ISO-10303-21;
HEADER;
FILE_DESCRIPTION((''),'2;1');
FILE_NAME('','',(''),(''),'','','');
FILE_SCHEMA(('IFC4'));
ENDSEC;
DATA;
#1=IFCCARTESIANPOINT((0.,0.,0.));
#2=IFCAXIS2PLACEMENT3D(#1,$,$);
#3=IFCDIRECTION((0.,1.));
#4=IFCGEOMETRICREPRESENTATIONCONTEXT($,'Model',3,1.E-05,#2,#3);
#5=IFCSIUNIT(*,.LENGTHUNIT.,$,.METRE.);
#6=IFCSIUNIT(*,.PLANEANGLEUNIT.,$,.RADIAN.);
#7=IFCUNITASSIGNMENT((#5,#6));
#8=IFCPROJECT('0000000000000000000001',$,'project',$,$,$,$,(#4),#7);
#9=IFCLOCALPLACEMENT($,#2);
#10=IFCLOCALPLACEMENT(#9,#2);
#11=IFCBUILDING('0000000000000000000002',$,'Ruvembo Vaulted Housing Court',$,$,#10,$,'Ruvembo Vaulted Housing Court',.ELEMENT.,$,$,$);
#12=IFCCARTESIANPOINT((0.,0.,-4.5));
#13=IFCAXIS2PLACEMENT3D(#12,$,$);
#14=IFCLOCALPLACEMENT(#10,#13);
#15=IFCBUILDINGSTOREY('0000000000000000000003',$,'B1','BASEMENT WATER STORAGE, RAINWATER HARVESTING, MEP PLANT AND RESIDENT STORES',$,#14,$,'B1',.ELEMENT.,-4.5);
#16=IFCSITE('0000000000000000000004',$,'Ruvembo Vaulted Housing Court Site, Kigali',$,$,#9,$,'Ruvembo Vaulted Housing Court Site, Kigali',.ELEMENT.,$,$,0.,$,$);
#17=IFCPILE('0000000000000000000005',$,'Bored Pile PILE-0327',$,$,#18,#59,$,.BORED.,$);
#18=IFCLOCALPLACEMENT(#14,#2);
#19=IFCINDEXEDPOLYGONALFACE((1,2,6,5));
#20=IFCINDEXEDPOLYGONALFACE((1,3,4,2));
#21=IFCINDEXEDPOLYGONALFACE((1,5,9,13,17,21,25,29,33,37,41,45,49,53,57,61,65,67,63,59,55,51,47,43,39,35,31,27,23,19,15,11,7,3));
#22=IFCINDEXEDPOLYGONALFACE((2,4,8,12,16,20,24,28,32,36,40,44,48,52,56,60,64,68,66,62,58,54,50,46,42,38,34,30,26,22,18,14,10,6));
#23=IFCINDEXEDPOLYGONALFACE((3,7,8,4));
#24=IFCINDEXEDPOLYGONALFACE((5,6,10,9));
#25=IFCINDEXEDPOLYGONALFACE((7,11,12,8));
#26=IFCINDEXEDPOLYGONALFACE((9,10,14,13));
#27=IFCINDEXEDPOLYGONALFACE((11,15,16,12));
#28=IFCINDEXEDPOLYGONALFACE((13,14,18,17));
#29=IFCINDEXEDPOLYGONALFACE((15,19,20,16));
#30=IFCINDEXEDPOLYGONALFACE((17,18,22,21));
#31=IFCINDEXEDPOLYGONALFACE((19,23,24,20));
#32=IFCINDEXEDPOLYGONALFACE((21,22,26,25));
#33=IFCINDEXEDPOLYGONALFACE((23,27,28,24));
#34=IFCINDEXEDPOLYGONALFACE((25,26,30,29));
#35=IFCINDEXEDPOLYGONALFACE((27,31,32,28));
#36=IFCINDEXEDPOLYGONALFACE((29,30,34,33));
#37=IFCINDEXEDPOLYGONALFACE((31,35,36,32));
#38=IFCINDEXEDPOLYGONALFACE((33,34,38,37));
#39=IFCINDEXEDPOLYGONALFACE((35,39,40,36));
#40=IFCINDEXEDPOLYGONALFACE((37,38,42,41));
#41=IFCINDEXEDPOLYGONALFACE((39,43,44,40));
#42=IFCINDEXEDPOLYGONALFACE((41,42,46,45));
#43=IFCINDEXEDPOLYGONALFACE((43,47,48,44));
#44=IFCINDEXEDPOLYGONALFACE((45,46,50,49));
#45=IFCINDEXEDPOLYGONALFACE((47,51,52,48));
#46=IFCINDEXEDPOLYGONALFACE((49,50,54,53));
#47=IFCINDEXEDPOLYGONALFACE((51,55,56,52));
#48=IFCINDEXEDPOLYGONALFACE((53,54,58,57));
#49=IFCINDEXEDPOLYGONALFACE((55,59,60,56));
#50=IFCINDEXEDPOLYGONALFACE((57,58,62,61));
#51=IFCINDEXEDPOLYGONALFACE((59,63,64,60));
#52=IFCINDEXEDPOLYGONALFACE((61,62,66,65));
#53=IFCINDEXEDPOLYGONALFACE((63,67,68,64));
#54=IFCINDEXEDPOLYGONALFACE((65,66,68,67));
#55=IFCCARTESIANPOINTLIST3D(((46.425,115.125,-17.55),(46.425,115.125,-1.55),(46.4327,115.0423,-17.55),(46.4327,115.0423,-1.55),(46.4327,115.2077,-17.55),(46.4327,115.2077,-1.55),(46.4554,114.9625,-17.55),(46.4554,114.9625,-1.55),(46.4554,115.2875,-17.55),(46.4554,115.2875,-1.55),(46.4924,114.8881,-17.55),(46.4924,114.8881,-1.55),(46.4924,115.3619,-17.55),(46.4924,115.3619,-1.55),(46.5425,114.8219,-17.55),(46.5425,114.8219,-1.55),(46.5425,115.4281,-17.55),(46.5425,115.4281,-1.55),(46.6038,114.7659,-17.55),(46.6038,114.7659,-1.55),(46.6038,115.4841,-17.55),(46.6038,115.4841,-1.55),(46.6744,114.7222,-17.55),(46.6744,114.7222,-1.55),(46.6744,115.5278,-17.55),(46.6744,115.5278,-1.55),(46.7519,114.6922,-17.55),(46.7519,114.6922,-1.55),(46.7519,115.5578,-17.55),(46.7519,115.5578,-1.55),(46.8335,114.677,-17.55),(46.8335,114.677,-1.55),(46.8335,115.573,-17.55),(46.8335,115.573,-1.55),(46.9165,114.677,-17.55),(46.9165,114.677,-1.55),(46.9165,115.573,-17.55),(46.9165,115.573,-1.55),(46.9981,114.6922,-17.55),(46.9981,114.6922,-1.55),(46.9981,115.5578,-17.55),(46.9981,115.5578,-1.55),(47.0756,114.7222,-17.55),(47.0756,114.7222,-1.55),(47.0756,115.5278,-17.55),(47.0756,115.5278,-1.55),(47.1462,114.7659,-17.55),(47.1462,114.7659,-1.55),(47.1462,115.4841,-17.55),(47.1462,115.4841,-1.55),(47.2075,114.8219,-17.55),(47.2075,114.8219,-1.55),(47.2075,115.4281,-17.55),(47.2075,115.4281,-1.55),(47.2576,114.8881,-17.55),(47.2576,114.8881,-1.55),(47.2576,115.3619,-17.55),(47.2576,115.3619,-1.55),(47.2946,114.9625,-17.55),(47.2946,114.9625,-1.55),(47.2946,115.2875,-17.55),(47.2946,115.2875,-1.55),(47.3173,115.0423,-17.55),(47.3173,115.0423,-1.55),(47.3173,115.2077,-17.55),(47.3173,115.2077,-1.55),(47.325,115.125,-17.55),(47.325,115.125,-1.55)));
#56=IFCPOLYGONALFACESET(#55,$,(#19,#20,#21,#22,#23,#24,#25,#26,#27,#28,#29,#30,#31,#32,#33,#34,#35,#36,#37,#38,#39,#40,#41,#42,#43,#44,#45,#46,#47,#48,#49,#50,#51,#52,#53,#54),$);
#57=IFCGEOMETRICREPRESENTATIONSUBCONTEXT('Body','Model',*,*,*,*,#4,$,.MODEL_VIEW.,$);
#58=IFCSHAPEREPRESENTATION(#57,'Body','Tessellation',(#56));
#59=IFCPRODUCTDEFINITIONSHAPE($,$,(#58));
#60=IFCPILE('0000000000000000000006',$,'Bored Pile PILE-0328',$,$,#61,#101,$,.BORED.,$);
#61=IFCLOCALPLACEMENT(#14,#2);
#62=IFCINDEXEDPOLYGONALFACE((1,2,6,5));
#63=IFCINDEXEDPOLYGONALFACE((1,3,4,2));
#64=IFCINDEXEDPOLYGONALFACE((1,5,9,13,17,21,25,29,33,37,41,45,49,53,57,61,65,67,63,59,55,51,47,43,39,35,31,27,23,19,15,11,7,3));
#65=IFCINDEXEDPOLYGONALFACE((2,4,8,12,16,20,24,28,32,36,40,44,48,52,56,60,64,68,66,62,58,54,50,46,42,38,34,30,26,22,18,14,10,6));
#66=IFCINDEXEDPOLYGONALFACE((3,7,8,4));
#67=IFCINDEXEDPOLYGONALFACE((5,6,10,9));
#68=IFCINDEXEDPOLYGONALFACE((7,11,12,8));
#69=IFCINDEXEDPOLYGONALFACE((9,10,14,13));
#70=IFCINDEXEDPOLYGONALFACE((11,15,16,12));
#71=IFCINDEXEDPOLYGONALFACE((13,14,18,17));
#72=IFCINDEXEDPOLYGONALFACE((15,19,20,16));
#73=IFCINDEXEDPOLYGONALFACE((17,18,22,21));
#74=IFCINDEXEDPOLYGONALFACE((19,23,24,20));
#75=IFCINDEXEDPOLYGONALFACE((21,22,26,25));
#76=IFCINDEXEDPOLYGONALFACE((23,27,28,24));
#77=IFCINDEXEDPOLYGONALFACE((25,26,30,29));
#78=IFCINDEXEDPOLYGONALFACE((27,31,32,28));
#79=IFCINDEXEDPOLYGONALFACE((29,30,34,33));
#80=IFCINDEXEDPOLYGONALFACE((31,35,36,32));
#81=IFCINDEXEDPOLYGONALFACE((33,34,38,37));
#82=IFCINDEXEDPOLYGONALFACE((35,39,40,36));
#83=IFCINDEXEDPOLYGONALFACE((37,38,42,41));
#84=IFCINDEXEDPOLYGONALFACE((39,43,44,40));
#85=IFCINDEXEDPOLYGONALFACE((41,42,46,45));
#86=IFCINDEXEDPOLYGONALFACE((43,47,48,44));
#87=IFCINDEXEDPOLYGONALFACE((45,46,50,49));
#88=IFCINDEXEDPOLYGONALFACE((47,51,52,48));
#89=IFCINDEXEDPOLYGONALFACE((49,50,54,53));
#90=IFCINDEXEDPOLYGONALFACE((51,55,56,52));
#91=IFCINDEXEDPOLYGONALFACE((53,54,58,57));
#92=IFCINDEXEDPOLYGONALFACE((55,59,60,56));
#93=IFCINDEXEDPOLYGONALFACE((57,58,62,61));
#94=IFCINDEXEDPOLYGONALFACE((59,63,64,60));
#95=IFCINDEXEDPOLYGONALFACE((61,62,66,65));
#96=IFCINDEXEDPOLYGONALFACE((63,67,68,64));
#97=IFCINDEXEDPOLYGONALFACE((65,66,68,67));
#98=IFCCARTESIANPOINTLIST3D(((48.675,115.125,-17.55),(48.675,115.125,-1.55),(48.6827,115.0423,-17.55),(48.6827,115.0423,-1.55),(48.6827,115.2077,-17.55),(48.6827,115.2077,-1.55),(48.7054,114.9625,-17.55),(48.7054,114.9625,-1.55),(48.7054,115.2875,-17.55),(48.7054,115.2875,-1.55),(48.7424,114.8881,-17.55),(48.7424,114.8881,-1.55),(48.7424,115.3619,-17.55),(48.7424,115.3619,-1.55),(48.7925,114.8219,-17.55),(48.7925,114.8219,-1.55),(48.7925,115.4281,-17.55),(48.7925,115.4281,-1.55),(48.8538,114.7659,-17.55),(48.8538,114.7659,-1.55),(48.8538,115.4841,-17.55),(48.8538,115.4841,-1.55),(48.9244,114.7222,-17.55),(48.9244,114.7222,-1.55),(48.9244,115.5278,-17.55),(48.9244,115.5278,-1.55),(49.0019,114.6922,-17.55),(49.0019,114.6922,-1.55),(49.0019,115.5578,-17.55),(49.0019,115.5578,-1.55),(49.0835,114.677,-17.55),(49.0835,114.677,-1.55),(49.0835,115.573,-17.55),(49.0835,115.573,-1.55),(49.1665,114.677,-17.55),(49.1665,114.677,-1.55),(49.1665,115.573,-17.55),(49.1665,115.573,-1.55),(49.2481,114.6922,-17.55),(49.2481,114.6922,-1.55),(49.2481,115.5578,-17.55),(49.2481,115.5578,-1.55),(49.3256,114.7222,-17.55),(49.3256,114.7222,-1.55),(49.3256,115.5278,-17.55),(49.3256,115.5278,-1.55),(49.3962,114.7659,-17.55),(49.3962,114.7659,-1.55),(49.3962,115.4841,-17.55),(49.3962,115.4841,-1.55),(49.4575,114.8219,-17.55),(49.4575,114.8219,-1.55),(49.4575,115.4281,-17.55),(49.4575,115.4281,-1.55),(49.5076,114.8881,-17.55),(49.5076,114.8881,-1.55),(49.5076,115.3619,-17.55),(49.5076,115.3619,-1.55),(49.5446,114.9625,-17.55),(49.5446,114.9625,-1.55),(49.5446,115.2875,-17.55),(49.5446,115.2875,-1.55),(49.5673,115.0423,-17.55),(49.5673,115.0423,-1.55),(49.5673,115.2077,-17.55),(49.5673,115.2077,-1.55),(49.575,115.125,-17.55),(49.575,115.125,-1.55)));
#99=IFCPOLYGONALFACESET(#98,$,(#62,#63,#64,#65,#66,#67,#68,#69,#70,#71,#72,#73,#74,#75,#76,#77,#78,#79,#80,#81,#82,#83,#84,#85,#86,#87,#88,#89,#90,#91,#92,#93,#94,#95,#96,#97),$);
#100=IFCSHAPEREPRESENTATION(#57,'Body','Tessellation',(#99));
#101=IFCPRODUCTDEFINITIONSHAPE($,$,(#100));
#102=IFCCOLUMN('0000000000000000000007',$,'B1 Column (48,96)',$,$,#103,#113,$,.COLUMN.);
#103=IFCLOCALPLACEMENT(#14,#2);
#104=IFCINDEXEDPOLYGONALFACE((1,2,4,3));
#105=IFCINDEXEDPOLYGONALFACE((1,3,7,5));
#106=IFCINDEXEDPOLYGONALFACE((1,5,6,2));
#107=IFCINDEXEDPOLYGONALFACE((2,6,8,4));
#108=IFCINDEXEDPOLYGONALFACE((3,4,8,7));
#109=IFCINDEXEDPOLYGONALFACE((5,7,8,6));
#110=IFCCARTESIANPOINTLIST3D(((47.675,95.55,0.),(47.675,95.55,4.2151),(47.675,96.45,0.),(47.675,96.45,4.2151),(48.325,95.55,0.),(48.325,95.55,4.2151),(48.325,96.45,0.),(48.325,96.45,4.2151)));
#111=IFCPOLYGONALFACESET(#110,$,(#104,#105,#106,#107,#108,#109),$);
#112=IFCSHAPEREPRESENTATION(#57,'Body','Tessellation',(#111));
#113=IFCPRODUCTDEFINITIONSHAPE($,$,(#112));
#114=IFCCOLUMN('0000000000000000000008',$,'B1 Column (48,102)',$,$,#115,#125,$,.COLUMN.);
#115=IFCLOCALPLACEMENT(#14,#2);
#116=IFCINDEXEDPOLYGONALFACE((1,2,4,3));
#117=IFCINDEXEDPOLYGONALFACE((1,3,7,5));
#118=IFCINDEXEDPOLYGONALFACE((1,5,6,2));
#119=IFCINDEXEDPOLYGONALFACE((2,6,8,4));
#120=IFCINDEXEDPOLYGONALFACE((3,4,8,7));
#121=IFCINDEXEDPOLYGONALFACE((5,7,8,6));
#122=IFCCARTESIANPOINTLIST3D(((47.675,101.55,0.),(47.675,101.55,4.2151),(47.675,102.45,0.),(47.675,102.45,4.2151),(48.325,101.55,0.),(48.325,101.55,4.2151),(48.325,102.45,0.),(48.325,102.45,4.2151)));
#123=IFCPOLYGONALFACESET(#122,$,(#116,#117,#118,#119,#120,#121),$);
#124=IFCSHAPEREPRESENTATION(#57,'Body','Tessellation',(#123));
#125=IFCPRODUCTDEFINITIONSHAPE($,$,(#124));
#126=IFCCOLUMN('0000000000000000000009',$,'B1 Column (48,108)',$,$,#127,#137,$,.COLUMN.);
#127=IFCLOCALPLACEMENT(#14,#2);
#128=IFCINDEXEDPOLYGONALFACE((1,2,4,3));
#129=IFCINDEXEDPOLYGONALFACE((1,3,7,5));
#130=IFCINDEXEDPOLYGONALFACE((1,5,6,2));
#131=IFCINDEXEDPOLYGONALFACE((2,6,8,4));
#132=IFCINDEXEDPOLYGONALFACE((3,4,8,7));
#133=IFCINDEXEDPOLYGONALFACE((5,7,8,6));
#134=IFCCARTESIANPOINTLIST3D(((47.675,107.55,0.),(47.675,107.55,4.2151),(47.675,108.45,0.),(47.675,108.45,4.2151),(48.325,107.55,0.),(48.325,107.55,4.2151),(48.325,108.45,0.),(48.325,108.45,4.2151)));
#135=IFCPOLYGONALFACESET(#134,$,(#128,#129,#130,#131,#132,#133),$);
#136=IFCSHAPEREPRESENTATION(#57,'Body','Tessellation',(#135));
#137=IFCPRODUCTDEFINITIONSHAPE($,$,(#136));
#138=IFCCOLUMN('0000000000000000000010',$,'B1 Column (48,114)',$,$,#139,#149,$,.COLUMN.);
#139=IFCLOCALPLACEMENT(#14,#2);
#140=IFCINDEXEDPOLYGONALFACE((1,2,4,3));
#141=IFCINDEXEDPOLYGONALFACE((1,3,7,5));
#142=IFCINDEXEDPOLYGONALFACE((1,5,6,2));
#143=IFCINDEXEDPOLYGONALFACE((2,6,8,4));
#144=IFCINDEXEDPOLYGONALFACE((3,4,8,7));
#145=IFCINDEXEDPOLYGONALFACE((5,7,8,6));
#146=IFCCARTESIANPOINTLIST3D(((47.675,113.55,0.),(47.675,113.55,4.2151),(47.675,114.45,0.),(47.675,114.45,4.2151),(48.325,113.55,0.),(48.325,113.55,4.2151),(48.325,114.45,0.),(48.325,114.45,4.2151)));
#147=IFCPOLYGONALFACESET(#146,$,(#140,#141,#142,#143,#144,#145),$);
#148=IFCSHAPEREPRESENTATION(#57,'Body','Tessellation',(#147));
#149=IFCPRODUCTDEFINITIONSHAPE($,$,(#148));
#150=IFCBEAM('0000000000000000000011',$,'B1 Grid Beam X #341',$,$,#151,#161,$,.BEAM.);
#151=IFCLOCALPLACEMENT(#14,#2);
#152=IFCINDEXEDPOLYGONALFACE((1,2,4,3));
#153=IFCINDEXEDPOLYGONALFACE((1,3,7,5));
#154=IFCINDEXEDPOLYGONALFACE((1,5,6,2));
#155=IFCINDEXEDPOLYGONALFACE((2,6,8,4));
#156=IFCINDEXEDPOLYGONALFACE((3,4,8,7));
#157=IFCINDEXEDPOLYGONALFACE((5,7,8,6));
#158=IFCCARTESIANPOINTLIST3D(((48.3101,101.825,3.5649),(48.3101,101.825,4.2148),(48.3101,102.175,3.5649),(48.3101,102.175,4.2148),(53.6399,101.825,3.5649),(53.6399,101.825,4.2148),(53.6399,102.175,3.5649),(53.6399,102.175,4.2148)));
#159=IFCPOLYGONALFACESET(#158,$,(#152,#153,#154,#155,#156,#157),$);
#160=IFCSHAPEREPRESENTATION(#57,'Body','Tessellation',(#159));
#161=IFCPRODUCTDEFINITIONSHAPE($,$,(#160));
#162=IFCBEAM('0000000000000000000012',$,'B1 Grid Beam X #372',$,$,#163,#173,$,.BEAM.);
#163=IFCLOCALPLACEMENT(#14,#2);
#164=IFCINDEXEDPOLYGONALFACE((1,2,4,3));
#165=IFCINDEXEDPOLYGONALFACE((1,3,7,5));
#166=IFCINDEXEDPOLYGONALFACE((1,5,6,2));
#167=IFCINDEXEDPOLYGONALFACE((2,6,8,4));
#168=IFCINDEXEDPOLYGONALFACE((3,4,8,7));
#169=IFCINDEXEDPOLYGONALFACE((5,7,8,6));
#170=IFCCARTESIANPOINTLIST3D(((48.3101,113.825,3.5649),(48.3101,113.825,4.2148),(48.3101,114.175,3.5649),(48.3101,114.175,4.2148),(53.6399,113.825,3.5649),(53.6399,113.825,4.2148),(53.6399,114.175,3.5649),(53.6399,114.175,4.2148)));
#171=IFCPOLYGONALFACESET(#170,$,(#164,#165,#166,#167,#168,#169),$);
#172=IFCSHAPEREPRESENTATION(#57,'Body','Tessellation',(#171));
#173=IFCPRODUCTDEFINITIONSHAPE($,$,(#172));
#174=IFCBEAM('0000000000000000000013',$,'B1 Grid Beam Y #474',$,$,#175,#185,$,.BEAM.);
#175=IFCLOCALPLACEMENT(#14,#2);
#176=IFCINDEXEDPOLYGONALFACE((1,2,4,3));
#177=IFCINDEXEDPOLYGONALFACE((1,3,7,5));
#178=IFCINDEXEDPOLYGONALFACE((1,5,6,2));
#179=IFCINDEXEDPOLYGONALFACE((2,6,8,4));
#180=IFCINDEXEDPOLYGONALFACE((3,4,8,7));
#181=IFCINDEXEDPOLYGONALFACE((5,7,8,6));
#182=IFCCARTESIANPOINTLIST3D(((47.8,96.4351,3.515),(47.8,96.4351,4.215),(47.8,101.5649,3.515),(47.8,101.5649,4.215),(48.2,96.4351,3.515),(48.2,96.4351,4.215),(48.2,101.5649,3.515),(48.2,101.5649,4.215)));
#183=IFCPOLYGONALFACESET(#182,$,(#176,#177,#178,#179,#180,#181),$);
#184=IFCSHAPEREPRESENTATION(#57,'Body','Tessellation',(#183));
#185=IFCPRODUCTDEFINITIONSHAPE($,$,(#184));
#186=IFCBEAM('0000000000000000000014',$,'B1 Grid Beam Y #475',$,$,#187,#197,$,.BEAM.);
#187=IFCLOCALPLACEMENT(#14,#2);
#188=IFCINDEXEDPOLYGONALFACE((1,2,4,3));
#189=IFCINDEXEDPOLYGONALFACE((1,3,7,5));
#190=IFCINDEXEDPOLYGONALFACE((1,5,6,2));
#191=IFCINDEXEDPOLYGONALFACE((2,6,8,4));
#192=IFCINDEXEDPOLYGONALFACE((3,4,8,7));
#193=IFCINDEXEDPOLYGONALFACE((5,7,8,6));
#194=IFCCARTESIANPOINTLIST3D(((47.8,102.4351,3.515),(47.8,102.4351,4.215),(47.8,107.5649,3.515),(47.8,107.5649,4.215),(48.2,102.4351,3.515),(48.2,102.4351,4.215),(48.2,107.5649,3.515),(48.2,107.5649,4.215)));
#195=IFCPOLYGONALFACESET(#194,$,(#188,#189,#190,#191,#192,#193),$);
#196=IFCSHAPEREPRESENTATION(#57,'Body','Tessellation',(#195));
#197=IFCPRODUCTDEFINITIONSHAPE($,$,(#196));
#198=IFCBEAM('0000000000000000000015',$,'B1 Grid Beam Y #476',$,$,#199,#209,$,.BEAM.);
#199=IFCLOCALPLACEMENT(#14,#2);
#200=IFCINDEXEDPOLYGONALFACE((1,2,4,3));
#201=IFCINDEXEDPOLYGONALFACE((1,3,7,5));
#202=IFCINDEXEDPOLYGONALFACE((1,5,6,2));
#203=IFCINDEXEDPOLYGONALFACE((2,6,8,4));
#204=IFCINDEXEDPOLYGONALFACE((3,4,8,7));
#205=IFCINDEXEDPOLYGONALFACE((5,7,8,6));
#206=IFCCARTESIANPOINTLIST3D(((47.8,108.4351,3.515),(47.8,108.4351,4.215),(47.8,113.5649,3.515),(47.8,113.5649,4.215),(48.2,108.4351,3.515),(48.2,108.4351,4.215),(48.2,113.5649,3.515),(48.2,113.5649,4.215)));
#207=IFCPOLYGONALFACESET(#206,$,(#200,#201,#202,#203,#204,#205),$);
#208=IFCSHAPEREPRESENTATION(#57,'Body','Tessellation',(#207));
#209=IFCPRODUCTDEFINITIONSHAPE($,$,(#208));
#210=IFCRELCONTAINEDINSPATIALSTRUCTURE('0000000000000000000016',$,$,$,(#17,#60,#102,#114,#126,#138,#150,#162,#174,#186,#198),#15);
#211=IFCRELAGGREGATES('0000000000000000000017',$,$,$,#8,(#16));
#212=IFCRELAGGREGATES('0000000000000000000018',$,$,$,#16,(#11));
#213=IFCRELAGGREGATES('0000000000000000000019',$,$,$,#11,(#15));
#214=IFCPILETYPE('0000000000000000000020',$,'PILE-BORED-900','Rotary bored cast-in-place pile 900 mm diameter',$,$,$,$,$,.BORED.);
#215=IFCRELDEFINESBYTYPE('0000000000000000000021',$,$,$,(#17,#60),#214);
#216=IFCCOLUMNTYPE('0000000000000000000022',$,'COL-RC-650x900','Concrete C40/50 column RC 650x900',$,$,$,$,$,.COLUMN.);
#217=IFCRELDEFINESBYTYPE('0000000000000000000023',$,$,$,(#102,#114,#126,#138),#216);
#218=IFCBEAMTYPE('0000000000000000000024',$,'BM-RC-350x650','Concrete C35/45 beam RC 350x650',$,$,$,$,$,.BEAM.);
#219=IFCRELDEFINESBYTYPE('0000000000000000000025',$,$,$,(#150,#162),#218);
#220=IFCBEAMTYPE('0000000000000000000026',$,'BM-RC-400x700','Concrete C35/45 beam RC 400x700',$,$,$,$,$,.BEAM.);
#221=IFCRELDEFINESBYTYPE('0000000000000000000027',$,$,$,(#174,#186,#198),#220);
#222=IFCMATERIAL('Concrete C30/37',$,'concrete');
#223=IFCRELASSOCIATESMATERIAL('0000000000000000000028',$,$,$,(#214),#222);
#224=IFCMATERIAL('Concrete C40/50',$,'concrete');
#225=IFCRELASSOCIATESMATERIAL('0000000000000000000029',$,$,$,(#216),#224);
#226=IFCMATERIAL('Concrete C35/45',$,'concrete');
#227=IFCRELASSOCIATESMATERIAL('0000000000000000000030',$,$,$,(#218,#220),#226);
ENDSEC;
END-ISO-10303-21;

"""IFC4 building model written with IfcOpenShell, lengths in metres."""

from ifc_helpers import new_model, si_unit, direction, frame, origin, origin_2d, place, context, subcontext, project, spatial, rectangle, circle, extrude, material, material_profile, profile_set, type_object, element, save


model = new_model("IFC4")

# Units and contexts
model_context = context("Model", 3, precision=1e-05, world=origin(), true_north=direction((0.0, 1.0)))
body_context = subcontext(model_context, "Body", "Model", "MODEL_VIEW")
ifc_project = project(units=[si_unit("LENGTHUNIT", "METRE"), si_unit("PLANEANGLEUNIT", "RADIAN")], contexts=[model_context])

# Site, building, storey
site_placement = place(None, origin())
site = spatial("IfcSite", under=ifc_project, at=site_placement, Name="Ruvembo Vaulted Housing Court Site, Kigali", LongName="Ruvembo Vaulted Housing Court Site, Kigali", CompositionType="ELEMENT", RefElevation=0.0)
building_placement = place(site_placement, origin())
building = spatial("IfcBuilding", under=site, at=building_placement, Name="Ruvembo Vaulted Housing Court", LongName="Ruvembo Vaulted Housing Court", CompositionType="ELEMENT")
storey_placement = place(building_placement, frame((0.0, 0.0, -4.5)))
storey = spatial("IfcBuildingStorey", under=building, at=storey_placement, Name="B1", Description="BASEMENT WATER STORAGE, RAINWATER HARVESTING, MEP PLANT AND RESIDENT STORES", LongName="B1", CompositionType="ELEMENT", Elevation=-4.5)

# Shared definitions
ifc_material_1 = material(Name="Concrete C35/45", Category="concrete")

# Piles
ifc_material_2 = material(Name="Concrete C30/37", Category="concrete")
ifc_material_profile_1 = material_profile(ifc_material_2, circle(Radius=0.45, at=origin_2d()), Name="PILE D900")
ifc_profile_set_1 = profile_set([ifc_material_profile_1], Name="Concrete C30/37")
pile_type_1 = type_object("IfcPileType", Name="PILE-BORED-900", Description="Rotary bored cast-in-place pile 900 mm diameter", PredefinedType="BORED", material=ifc_profile_set_1)
for number, where, z_axis, x_axis, name in (
    (1, (46.875, 115.125, -1.55), (0.0, 0.0, -1.0), (1.0, 0.0, 0.0), "Bored Pile PILE-0327"),
    (2, (49.125, 115.125, -1.55), (0.0, 0.0, -1.0), (1.0, 0.0, 0.0), "Bored Pile PILE-0328"),
):
    element("IfcPile", number, at=place(storey_placement, frame(where, z_axis=z_axis, x_axis=x_axis)), inside=storey, type_object=pile_type_1, Name=name, PredefinedType="BORED", context=body_context, shape_type="SweptSolid", body=[
        extrude(circle(Radius=0.45, at=origin_2d()), origin(), (0.0, 0.0, 1.0), 16.0),
    ])

# Columns
ifc_material_3 = material(Name="Concrete C40/50", Category="concrete")
ifc_material_profile_2 = material_profile(ifc_material_3, rectangle(XDim=0.6499, YDim=0.8999, at=origin_2d()), Name="RC 650x900")
ifc_profile_set_2 = profile_set([ifc_material_profile_2], Name="Concrete C40/50")
column_type = type_object("IfcColumnType", Name="COL-RC-650x900", Description="Concrete C40/50 column RC 650x900", PredefinedType="COLUMN", material=ifc_profile_set_2)
for number, where, z_axis, x_axis, name in (
    (3, (48.0, 96.0, 0.0), (0.0, 0.0, 1.0), (1.0, 0.0, 0.0), "B1 Column (48,96)"),
    (4, (48.0, 102.0, 0.0), (0.0, 0.0, 1.0), (1.0, 0.0, 0.0), "B1 Column (48,102)"),
    (5, (48.0, 108.0, 0.0), (0.0, 0.0, 1.0), (1.0, 0.0, 0.0), "B1 Column (48,108)"),
    (6, (48.0, 114.0, 0.0), (0.0, 0.0, 1.0), (1.0, 0.0, 0.0), "B1 Column (48,114)"),
):
    element("IfcColumn", number, at=place(storey_placement, frame(where, z_axis=z_axis, x_axis=x_axis)), inside=storey, type_object=column_type, Name=name, PredefinedType="COLUMN", context=body_context, shape_type="SweptSolid", body=[
        extrude(rectangle(XDim=0.6499, YDim=0.8999, at=origin_2d()), origin(), (0.0, 0.0, 1.0), 4.2151),
    ])

# Beams
ifc_material_profile_3 = material_profile(ifc_material_1, rectangle(XDim=0.3501, YDim=0.6499, at=origin_2d()), Name="RC 350x650")
ifc_profile_set_3 = profile_set([ifc_material_profile_3], Name="Concrete C35/45")
beam_type_1 = type_object("IfcBeamType", Name="BM-RC-350x650", Description="Concrete C35/45 beam RC 350x650", PredefinedType="BEAM", material=ifc_profile_set_3)
for number, where, z_axis, x_axis, name in (
    (7, (48.3101, 102.0, 3.8899), (1.0, 0.0, 0.0), (0.0, 1.0, 0.0), "B1 Grid Beam X #341"),
    (8, (48.3101, 114.0, 3.8899), (1.0, 0.0, 0.0), (0.0, 1.0, 0.0), "B1 Grid Beam X #372"),
):
    element("IfcBeam", number, at=place(storey_placement, frame(where, z_axis=z_axis, x_axis=x_axis)), inside=storey, type_object=beam_type_1, Name=name, PredefinedType="BEAM", context=body_context, shape_type="SweptSolid", body=[
        extrude(rectangle(XDim=0.3501, YDim=0.6499, at=origin_2d()), origin(), (0.0, 0.0, 1.0), 5.3298),
    ])
ifc_material_profile_4 = material_profile(ifc_material_1, rectangle(XDim=0.3999, YDim=0.7, at=origin_2d()), Name="RC 400x700")
ifc_profile_set_4 = profile_set([ifc_material_profile_4], Name="Concrete C35/45")
beam_type_2 = type_object("IfcBeamType", Name="BM-RC-400x700", Description="Concrete C35/45 beam RC 400x700", PredefinedType="BEAM", material=ifc_profile_set_4)
for number, where, z_axis, x_axis, name in (
    (9, (48.0, 96.4351, 3.865), (0.0, 1.0, 0.0), (-1.0, 0.0, 0.0), "B1 Grid Beam Y #474"),
    (10, (48.0, 102.4351, 3.865), (0.0, 1.0, 0.0), (-1.0, 0.0, 0.0), "B1 Grid Beam Y #475"),
    (11, (48.0, 108.4351, 3.865), (0.0, 1.0, 0.0), (-1.0, 0.0, 0.0), "B1 Grid Beam Y #476"),
):
    element("IfcBeam", number, at=place(storey_placement, frame(where, z_axis=z_axis, x_axis=x_axis)), inside=storey, type_object=beam_type_2, Name=name, PredefinedType="BEAM", context=body_context, shape_type="SweptSolid", body=[
        extrude(rectangle(XDim=0.3999, YDim=0.7, at=origin_2d()), origin(), (0.0, 0.0, 1.0), 5.1299),
    ])

save(model, "model.ifc")
